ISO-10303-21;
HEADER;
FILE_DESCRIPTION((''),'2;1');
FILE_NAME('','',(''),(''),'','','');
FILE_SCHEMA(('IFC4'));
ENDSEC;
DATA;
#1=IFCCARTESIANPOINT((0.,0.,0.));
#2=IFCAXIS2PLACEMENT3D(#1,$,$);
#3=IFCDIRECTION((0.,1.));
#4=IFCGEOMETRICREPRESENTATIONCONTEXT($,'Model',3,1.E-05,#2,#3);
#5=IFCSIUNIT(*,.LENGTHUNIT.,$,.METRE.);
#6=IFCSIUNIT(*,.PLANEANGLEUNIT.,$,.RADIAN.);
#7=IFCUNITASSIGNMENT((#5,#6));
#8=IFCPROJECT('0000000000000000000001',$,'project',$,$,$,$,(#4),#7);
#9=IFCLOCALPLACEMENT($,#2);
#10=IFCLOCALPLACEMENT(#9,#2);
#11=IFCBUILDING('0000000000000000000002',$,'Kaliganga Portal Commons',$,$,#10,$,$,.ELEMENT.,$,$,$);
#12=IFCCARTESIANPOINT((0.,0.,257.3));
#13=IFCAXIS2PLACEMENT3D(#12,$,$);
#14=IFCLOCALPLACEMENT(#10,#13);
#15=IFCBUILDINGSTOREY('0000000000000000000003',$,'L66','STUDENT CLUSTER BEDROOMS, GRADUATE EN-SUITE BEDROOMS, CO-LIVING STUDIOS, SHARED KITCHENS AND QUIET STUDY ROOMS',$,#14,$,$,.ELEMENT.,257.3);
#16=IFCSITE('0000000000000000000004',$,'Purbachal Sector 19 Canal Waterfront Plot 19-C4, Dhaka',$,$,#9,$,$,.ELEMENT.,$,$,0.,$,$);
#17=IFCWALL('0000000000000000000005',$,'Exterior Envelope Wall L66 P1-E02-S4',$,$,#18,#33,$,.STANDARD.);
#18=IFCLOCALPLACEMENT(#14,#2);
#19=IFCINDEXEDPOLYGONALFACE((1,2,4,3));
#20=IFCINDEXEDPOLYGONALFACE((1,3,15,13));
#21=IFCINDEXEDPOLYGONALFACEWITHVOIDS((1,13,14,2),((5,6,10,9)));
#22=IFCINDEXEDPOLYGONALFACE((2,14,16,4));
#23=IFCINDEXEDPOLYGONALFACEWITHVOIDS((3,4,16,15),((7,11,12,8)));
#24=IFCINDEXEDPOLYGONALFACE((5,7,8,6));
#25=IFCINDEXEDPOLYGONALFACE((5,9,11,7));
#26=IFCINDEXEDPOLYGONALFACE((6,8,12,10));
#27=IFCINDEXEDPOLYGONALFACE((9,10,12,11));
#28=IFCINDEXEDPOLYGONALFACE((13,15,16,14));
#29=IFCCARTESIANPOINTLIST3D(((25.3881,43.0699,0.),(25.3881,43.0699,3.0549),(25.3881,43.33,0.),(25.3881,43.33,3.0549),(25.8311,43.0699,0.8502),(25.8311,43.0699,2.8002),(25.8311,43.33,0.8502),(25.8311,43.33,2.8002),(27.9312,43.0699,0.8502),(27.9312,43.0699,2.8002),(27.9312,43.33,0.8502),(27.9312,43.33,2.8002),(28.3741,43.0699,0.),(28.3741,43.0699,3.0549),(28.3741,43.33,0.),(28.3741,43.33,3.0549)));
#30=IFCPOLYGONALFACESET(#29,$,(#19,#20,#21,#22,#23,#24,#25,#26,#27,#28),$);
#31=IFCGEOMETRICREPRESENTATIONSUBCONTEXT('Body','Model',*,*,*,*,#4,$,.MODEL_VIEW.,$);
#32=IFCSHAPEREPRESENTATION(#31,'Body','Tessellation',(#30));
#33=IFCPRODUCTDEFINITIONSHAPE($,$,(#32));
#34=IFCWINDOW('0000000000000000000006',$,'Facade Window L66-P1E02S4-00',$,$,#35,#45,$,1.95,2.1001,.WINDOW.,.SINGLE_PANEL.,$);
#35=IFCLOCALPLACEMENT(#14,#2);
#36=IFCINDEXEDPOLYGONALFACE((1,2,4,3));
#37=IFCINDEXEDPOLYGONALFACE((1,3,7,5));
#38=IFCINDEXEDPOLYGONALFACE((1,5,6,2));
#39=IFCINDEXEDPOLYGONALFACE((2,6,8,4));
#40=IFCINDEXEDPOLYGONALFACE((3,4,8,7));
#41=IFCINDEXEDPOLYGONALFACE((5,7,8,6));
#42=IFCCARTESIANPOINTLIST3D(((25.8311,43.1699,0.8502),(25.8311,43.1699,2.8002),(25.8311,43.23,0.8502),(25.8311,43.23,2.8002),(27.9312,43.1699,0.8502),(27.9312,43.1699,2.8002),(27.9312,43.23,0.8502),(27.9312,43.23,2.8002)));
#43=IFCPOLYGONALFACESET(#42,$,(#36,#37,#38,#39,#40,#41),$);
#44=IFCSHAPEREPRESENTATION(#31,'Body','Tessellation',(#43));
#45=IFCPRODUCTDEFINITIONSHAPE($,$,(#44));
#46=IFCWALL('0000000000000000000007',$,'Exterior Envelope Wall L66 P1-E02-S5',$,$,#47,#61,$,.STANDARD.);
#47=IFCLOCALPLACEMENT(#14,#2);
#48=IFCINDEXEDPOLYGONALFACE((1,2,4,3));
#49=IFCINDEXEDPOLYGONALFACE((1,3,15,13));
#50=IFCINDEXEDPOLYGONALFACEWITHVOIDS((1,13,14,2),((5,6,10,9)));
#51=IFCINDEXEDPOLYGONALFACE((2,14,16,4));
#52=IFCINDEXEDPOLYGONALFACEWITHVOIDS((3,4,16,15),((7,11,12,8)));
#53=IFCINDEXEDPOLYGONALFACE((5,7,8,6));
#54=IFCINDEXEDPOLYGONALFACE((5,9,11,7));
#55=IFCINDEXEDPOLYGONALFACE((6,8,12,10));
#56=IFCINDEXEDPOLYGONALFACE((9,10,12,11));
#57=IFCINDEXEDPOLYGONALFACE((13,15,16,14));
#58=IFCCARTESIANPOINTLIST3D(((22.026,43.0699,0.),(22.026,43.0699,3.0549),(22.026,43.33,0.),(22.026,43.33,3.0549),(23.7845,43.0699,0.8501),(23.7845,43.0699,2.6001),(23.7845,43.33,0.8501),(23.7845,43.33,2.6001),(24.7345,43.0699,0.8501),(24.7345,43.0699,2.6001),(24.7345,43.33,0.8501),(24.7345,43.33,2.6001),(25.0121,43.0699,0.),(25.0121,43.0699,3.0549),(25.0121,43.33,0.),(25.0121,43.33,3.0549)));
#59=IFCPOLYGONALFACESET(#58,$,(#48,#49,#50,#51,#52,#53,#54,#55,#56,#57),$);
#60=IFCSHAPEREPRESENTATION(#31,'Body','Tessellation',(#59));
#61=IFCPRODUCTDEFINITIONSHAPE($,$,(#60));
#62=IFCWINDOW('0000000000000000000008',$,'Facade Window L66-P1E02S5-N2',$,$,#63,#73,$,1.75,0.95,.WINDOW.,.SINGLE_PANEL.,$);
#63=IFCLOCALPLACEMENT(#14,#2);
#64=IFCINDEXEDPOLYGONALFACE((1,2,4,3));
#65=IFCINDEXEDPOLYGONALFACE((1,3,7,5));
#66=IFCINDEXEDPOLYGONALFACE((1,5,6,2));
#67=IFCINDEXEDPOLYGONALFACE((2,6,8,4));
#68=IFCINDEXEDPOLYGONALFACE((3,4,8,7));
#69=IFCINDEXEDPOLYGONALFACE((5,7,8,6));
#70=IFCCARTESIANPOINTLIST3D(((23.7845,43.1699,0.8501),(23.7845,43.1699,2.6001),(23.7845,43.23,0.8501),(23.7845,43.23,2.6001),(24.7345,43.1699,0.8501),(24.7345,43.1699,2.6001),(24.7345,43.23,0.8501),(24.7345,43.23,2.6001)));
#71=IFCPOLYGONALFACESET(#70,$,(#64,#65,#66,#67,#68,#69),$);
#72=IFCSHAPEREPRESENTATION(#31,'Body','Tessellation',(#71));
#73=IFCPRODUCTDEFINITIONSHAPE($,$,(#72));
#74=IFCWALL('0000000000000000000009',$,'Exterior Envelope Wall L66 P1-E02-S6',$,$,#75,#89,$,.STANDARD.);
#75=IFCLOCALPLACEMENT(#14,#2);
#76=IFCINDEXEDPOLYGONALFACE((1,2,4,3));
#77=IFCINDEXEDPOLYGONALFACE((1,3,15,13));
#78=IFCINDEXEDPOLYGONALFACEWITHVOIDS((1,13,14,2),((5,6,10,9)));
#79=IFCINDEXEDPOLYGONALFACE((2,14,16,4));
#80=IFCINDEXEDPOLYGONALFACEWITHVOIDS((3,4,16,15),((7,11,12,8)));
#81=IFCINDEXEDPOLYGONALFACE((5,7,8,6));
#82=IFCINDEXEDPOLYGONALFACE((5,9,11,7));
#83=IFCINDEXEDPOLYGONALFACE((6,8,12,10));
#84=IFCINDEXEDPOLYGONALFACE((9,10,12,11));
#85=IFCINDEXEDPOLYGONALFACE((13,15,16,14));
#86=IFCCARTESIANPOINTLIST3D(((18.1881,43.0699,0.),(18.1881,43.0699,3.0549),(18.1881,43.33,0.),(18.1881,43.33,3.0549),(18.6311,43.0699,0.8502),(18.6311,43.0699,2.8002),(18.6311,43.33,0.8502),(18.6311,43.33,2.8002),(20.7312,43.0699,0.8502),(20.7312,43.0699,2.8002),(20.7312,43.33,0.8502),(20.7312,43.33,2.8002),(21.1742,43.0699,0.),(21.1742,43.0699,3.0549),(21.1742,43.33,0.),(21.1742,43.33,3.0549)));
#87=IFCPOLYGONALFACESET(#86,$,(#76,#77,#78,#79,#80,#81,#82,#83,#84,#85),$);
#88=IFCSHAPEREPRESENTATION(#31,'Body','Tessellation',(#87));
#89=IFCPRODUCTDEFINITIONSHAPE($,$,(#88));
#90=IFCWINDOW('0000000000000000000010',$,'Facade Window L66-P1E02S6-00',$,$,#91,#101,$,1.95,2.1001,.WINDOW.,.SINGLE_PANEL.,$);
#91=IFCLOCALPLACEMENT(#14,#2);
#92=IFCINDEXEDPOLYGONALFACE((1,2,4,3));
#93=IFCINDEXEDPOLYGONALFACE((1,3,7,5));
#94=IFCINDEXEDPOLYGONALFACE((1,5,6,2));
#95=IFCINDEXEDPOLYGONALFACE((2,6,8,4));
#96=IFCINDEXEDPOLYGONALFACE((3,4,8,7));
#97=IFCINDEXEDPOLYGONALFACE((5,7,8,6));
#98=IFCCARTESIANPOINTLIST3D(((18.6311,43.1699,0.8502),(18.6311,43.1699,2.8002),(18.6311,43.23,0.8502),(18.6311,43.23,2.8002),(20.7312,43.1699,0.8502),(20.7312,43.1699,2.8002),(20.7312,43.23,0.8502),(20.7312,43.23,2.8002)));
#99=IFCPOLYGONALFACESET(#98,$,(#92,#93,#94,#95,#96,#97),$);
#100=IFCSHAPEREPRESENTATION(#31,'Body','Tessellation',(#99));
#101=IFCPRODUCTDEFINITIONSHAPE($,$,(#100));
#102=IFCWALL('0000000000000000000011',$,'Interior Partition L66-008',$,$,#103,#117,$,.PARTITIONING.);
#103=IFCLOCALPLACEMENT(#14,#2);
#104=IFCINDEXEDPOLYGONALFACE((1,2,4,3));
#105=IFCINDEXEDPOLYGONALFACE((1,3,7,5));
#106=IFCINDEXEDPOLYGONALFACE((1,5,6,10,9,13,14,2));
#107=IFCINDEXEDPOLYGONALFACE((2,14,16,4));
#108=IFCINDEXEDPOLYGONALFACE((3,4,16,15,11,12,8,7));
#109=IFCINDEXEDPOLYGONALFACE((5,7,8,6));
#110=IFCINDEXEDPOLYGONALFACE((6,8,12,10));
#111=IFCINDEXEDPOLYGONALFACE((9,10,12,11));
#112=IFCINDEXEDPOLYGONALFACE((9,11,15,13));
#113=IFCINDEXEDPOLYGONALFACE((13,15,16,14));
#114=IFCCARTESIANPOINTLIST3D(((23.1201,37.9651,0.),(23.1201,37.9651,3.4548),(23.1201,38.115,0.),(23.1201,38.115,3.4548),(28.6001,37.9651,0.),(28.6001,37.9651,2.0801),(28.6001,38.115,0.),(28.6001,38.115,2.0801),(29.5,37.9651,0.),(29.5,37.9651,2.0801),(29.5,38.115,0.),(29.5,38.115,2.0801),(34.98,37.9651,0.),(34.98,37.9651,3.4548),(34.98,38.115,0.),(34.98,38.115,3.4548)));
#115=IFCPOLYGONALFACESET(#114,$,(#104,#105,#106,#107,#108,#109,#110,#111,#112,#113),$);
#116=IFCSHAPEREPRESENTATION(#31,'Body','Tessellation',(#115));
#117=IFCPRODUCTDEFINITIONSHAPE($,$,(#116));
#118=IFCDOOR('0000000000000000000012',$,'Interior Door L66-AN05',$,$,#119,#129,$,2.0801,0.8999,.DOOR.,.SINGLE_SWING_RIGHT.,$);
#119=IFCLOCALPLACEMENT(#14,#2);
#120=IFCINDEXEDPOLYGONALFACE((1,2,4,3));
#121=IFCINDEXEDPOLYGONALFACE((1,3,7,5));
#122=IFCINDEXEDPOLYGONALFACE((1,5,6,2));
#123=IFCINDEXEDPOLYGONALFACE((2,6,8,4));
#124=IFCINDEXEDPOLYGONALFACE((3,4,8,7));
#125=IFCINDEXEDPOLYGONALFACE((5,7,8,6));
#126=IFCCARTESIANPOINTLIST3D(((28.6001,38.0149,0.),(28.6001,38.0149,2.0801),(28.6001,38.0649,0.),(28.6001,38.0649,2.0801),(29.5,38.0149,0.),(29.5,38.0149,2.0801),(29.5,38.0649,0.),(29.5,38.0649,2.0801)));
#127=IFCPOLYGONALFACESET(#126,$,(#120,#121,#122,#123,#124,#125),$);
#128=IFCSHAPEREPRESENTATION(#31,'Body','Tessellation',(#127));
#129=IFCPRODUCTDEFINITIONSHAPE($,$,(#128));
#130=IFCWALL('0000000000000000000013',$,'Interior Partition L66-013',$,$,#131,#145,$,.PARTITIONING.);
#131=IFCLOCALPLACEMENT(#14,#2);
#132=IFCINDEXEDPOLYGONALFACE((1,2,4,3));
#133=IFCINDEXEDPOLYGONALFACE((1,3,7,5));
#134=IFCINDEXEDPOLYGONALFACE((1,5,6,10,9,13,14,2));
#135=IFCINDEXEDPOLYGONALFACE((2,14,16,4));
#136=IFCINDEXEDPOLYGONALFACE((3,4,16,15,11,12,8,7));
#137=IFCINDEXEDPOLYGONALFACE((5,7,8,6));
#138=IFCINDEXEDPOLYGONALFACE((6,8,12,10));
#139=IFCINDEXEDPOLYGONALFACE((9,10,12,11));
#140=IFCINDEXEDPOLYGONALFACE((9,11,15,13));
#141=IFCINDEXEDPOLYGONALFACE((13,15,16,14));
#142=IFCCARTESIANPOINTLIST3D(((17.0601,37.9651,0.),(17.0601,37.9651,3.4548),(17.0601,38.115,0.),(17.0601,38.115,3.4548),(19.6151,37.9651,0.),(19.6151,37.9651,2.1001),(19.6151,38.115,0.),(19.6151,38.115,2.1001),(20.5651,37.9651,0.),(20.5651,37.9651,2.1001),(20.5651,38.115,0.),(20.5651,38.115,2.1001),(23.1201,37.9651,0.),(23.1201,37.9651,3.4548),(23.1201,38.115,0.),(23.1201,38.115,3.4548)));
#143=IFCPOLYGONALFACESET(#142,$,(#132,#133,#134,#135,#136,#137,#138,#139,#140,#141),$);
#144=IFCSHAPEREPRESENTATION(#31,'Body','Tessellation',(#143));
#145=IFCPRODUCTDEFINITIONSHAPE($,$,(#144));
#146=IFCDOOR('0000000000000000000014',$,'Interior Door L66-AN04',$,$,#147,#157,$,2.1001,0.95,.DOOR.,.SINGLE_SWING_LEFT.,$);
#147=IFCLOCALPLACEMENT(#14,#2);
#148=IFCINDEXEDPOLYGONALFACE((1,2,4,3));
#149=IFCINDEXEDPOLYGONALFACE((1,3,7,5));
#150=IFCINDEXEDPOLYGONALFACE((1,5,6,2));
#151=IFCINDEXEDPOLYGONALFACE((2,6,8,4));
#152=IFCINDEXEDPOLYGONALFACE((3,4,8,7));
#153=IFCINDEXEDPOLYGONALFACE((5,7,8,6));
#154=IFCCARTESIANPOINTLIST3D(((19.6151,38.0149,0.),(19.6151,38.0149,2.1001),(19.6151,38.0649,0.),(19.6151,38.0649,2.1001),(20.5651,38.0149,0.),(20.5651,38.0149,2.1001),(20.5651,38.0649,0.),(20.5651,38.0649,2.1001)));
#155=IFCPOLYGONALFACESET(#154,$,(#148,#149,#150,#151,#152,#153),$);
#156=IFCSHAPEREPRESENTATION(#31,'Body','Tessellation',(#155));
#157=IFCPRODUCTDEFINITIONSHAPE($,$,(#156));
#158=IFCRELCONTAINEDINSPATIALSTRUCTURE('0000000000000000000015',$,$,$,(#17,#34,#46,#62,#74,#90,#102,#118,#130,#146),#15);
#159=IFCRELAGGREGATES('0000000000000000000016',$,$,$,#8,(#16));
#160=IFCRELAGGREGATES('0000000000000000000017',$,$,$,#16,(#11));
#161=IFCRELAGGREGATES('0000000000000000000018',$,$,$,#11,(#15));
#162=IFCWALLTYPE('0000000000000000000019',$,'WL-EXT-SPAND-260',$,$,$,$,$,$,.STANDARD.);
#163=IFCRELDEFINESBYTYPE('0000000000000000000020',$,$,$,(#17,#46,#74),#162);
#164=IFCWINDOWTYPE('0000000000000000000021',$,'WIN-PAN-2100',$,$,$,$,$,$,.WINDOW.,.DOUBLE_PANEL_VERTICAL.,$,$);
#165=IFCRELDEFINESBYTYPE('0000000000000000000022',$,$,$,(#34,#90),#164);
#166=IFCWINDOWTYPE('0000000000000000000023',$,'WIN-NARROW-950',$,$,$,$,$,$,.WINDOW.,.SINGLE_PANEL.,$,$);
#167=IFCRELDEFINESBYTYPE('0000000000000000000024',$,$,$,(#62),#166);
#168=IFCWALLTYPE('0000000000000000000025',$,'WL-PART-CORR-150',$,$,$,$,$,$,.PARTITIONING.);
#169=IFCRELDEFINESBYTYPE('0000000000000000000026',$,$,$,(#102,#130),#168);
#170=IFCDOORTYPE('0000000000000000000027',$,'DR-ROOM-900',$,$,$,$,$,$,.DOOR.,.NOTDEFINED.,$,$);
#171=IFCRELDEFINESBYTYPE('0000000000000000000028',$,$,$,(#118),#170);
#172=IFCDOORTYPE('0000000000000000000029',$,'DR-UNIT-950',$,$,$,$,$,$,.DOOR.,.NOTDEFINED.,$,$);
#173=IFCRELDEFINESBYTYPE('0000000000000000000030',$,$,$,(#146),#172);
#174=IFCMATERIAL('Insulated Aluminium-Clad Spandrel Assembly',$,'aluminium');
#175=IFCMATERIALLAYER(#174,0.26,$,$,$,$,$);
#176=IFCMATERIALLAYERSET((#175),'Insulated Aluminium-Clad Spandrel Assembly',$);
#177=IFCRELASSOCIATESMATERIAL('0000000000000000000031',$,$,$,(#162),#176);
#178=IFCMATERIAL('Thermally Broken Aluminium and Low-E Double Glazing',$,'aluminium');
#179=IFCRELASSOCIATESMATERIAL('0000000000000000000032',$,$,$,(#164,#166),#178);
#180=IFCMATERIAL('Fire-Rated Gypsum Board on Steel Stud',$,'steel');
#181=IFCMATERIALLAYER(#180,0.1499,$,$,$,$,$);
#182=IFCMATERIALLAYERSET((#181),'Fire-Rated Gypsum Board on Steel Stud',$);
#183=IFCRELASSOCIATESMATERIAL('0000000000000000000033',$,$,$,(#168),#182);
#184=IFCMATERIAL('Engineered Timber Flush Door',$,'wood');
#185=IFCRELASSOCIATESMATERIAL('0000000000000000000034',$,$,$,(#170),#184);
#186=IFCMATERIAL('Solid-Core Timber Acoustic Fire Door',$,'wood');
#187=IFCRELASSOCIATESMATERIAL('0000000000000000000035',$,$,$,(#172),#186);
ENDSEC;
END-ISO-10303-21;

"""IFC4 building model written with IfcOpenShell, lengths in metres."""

from ifc_helpers import new_model, si_unit, direction, frame, frame_2d, origin, place, context, subcontext, project, spatial, rectangle, extrude, material, layer, layer_set, type_object, element, fill, save


model = new_model("IFC4")

# Units and contexts
model_context = context("Model", 3, precision=1e-05, world=origin(), true_north=direction((0.0, 1.0)))
body_context = subcontext(model_context, "Body", "Model", "MODEL_VIEW")
ifc_project = project(units=[si_unit("LENGTHUNIT", "METRE"), si_unit("PLANEANGLEUNIT", "RADIAN")], contexts=[model_context])

# Site, building, storey
site_placement = place(None, origin())
site = spatial("IfcSite", under=ifc_project, at=site_placement, Name="Purbachal Sector 19 Canal Waterfront Plot 19-C4, Dhaka", CompositionType="ELEMENT", RefElevation=0.0)
building_placement = place(site_placement, origin())
building = spatial("IfcBuilding", under=site, at=building_placement, Name="Kaliganga Portal Commons", CompositionType="ELEMENT")
storey_placement = place(building_placement, frame((0.0, 0.0, 257.3)))
storey = spatial("IfcBuildingStorey", under=building, at=storey_placement, Name="L66", Description="STUDENT CLUSTER BEDROOMS, GRADUATE EN-SUITE BEDROOMS, CO-LIVING STUDIOS, SHARED KITCHENS AND QUIET STUDY ROOMS", CompositionType="ELEMENT", Elevation=257.3)

# Walls, openings, windows
ifc_material_1 = material(Name="Insulated Aluminium-Clad Spandrel Assembly", Category="aluminium")
ifc_layer_1 = layer(ifc_material_1, 0.26)
ifc_layer_set_1 = layer_set([ifc_layer_1], Name="Insulated Aluminium-Clad Spandrel Assembly")
wall_type_1 = type_object("IfcWallType", Name="WL-EXT-SPAND-260", PredefinedType="STANDARD", material=ifc_layer_set_1)
wall_1_placement = place(storey_placement, frame((25.3879, 43.2, 0.0), z_axis=(0.0, 0.0, 1.0), x_axis=(1.0, 0.0, 0.0)))
wall_1 = element("IfcWall", 1, at=wall_1_placement, inside=storey, type_object=wall_type_1, Name="Exterior Envelope Wall L66 P1-E02-S4", PredefinedType="STANDARD", context=body_context, shape_type="SweptSolid", body=[
    extrude(rectangle(XDim=2.9861, YDim=0.26, at=frame_2d((1.4932, 0.0))), origin(), (0.0, 0.0, 1.0), 3.0549),
])
opening_1_placement = place(wall_1_placement, frame((0.4431, 0.0, 0.8501)))
opening_1 = element("IfcOpeningElement", 2, at=opening_1_placement, cuts=wall_1, PredefinedType="OPENING", context=body_context, shape_type="SweptSolid", body=[
    extrude(rectangle(XDim=2.1001, YDim=1.95, at=frame_2d((1.05, 0.9751))), frame((0.0, 0.1401, 0.0), z_axis=(0.0, -1.0, 0.0), x_axis=(1.0, 0.0, 0.0)), (0.0, 0.0, 1.0), 0.28),
])
ifc_material_2 = material(Name="Thermally Broken Aluminium and Low-E Double Glazing", Category="aluminium")
window_type_1 = type_object("IfcWindowType", Name="WIN-PAN-2100", PartitioningType="DOUBLE_PANEL_VERTICAL", PredefinedType="WINDOW", material=ifc_material_2)
window_1_placement = place(opening_1_placement, origin())
window_1 = element("IfcWindow", 3, at=window_1_placement, inside=storey, type_object=window_type_1, Name="Facade Window L66-P1E02S4-00", OverallHeight=1.95, OverallWidth=2.1001, PartitioningType="SINGLE_PANEL", PredefinedType="WINDOW", context=body_context, shape_type="SweptSolid", body=[
    extrude(rectangle(XDim=2.1001, YDim=1.95, at=frame_2d((1.05, 0.9751))), frame((0.0, 0.03, 0.0), z_axis=(0.0, -1.0, 0.0), x_axis=(1.0, 0.0, 0.0)), (0.0, 0.0, 1.0), 0.0601),
])
fill(opening_1, window_1)
wall_2_placement = place(storey_placement, frame((22.0259, 43.2, 0.0), z_axis=(0.0, 0.0, 1.0), x_axis=(1.0, 0.0, 0.0)))
wall_2 = element("IfcWall", 4, at=wall_2_placement, inside=storey, type_object=wall_type_1, Name="Exterior Envelope Wall L66 P1-E02-S5", PredefinedType="STANDARD", context=body_context, shape_type="SweptSolid", body=[
    extrude(rectangle(XDim=2.9861, YDim=0.26, at=frame_2d((1.4932, 0.0))), origin(), (0.0, 0.0, 1.0), 3.0549),
])
opening_2_placement = place(wall_2_placement, frame((1.7585, 0.0, 0.8501)))
opening_2 = element("IfcOpeningElement", 5, at=opening_2_placement, cuts=wall_2, PredefinedType="OPENING", context=body_context, shape_type="SweptSolid", body=[
    extrude(rectangle(XDim=0.95, YDim=1.75, at=frame_2d((0.4751, 0.875))), frame((0.0, 0.1401, 0.0), z_axis=(0.0, -1.0, 0.0), x_axis=(1.0, 0.0, 0.0)), (0.0, 0.0, 1.0), 0.28),
])
window_type_2 = type_object("IfcWindowType", Name="WIN-NARROW-950", PartitioningType="SINGLE_PANEL", PredefinedType="WINDOW", material=ifc_material_2)
window_2_placement = place(opening_2_placement, origin())
window_2 = element("IfcWindow", 6, at=window_2_placement, inside=storey, type_object=window_type_2, Name="Facade Window L66-P1E02S5-N2", OverallHeight=1.75, OverallWidth=0.95, PartitioningType="SINGLE_PANEL", PredefinedType="WINDOW", context=body_context, shape_type="SweptSolid", body=[
    extrude(rectangle(XDim=0.95, YDim=1.75, at=frame_2d((0.4751, 0.875))), frame((0.0, 0.03, 0.0), z_axis=(0.0, -1.0, 0.0), x_axis=(1.0, 0.0, 0.0)), (0.0, 0.0, 1.0), 0.0601),
])
fill(opening_2, window_2)
wall_3_placement = place(storey_placement, frame((18.188, 43.2, 0.0), z_axis=(0.0, 0.0, 1.0), x_axis=(1.0, 0.0, 0.0)))
wall_3 = element("IfcWall", 7, at=wall_3_placement, inside=storey, type_object=wall_type_1, Name="Exterior Envelope Wall L66 P1-E02-S6", PredefinedType="STANDARD", context=body_context, shape_type="SweptSolid", body=[
    extrude(rectangle(XDim=2.9861, YDim=0.26, at=frame_2d((1.4932, 0.0))), origin(), (0.0, 0.0, 1.0), 3.0549),
])
opening_3_placement = place(wall_3_placement, frame((0.4431, 0.0, 0.8501)))
opening_3 = element("IfcOpeningElement", 8, at=opening_3_placement, cuts=wall_3, PredefinedType="OPENING", context=body_context, shape_type="SweptSolid", body=[
    extrude(rectangle(XDim=2.1001, YDim=1.95, at=frame_2d((1.05, 0.9751))), frame((0.0, 0.1401, 0.0), z_axis=(0.0, -1.0, 0.0), x_axis=(1.0, 0.0, 0.0)), (0.0, 0.0, 1.0), 0.28),
])
window_3_placement = place(opening_3_placement, origin())
window_3 = element("IfcWindow", 9, at=window_3_placement, inside=storey, type_object=window_type_1, Name="Facade Window L66-P1E02S6-00", OverallHeight=1.95, OverallWidth=2.1001, PartitioningType="SINGLE_PANEL", PredefinedType="WINDOW", context=body_context, shape_type="SweptSolid", body=[
    extrude(rectangle(XDim=2.1001, YDim=1.95, at=frame_2d((1.05, 0.9751))), frame((0.0, 0.03, 0.0), z_axis=(0.0, -1.0, 0.0), x_axis=(1.0, 0.0, 0.0)), (0.0, 0.0, 1.0), 0.0601),
])
fill(opening_3, window_3)

# Walls, openings, doors
ifc_material_3 = material(Name="Fire-Rated Gypsum Board on Steel Stud", Category="steel")
ifc_layer_2 = layer(ifc_material_3, 0.1499)
ifc_layer_set_2 = layer_set([ifc_layer_2], Name="Fire-Rated Gypsum Board on Steel Stud")
wall_type_2 = type_object("IfcWallType", Name="WL-PART-CORR-150", PredefinedType="PARTITIONING", material=ifc_layer_set_2)
wall_4_placement = place(storey_placement, frame((23.1201, 38.04, 0.0), z_axis=(0.0, 0.0, 1.0), x_axis=(1.0, 0.0, 0.0)))
wall_4 = element("IfcWall", 10, at=wall_4_placement, inside=storey, type_object=wall_type_2, Name="Interior Partition L66-008", PredefinedType="PARTITIONING", context=body_context, shape_type="SweptSolid", body=[
    extrude(rectangle(XDim=11.8599, YDim=0.1499, at=frame_2d((5.9299, 0.0))), origin(), (0.0, 0.0, 1.0), 3.4548),
])
opening_4_placement = place(wall_4_placement, frame((5.48, 0.0, 0.0)))
opening_4 = element("IfcOpeningElement", 11, at=opening_4_placement, cuts=wall_4, PredefinedType="OPENING", context=body_context, shape_type="SweptSolid", body=[
    extrude(rectangle(XDim=0.8999, YDim=2.0801, at=frame_2d((0.45, 1.04))), frame((0.0, 0.085, 0.0), z_axis=(0.0, -1.0, 0.0), x_axis=(1.0, 0.0, 0.0)), (0.0, 0.0, 1.0), 0.1699),
])
ifc_material_4 = material(Name="Engineered Timber Flush Door", Category="wood")
door_type_1 = type_object("IfcDoorType", Name="DR-ROOM-900", OperationType="NOTDEFINED", PredefinedType="DOOR", material=ifc_material_4)
door_1_placement = place(opening_4_placement, origin())
door_1 = element("IfcDoor", 12, at=door_1_placement, inside=storey, type_object=door_type_1, Name="Interior Door L66-AN05", OperationType="SINGLE_SWING_RIGHT", OverallHeight=2.0801, OverallWidth=0.8999, PredefinedType="DOOR", context=body_context, shape_type="SweptSolid", body=[
    extrude(rectangle(XDim=0.8999, YDim=2.0801, at=frame_2d((0.45, 1.04))), frame((0.0, 0.0249, 0.0), z_axis=(0.0, -1.0, 0.0), x_axis=(1.0, 0.0, 0.0)), (0.0, 0.0, 1.0), 0.05),
])
fill(opening_4, door_1)
wall_5_placement = place(storey_placement, frame((17.0601, 38.04, 0.0), z_axis=(0.0, 0.0, 1.0), x_axis=(1.0, 0.0, 0.0)))
wall_5 = element("IfcWall", 13, at=wall_5_placement, inside=storey, type_object=wall_type_2, Name="Interior Partition L66-013", PredefinedType="PARTITIONING", context=body_context, shape_type="SweptSolid", body=[
    extrude(rectangle(XDim=6.0601, YDim=0.1499, at=frame_2d((3.03, 0.0))), origin(), (0.0, 0.0, 1.0), 3.4548),
])
opening_5_placement = place(wall_5_placement, frame((2.5549, 0.0, 0.0)))
opening_5 = element("IfcOpeningElement", 14, at=opening_5_placement, cuts=wall_5, PredefinedType="OPENING", context=body_context, shape_type="SweptSolid", body=[
    extrude(rectangle(XDim=0.95, YDim=2.1001, at=frame_2d((0.4751, 1.05))), frame((0.0, 0.085, 0.0), z_axis=(0.0, -1.0, 0.0), x_axis=(1.0, 0.0, 0.0)), (0.0, 0.0, 1.0), 0.1699),
])
ifc_material_5 = material(Name="Solid-Core Timber Acoustic Fire Door", Category="wood")
door_type_2 = type_object("IfcDoorType", Name="DR-UNIT-950", OperationType="NOTDEFINED", PredefinedType="DOOR", material=ifc_material_5)
door_2_placement = place(opening_5_placement, origin())
door_2 = element("IfcDoor", 15, at=door_2_placement, inside=storey, type_object=door_type_2, Name="Interior Door L66-AN04", OperationType="SINGLE_SWING_LEFT", OverallHeight=2.1001, OverallWidth=0.95, PredefinedType="DOOR", context=body_context, shape_type="SweptSolid", body=[
    extrude(rectangle(XDim=0.95, YDim=2.1001, at=frame_2d((0.4751, 1.05))), frame((0.0, 0.0249, 0.0), z_axis=(0.0, -1.0, 0.0), x_axis=(1.0, 0.0, 0.0)), (0.0, 0.0, 1.0), 0.05),
])
fill(opening_5, door_2)

save(model, "model.ifc")
